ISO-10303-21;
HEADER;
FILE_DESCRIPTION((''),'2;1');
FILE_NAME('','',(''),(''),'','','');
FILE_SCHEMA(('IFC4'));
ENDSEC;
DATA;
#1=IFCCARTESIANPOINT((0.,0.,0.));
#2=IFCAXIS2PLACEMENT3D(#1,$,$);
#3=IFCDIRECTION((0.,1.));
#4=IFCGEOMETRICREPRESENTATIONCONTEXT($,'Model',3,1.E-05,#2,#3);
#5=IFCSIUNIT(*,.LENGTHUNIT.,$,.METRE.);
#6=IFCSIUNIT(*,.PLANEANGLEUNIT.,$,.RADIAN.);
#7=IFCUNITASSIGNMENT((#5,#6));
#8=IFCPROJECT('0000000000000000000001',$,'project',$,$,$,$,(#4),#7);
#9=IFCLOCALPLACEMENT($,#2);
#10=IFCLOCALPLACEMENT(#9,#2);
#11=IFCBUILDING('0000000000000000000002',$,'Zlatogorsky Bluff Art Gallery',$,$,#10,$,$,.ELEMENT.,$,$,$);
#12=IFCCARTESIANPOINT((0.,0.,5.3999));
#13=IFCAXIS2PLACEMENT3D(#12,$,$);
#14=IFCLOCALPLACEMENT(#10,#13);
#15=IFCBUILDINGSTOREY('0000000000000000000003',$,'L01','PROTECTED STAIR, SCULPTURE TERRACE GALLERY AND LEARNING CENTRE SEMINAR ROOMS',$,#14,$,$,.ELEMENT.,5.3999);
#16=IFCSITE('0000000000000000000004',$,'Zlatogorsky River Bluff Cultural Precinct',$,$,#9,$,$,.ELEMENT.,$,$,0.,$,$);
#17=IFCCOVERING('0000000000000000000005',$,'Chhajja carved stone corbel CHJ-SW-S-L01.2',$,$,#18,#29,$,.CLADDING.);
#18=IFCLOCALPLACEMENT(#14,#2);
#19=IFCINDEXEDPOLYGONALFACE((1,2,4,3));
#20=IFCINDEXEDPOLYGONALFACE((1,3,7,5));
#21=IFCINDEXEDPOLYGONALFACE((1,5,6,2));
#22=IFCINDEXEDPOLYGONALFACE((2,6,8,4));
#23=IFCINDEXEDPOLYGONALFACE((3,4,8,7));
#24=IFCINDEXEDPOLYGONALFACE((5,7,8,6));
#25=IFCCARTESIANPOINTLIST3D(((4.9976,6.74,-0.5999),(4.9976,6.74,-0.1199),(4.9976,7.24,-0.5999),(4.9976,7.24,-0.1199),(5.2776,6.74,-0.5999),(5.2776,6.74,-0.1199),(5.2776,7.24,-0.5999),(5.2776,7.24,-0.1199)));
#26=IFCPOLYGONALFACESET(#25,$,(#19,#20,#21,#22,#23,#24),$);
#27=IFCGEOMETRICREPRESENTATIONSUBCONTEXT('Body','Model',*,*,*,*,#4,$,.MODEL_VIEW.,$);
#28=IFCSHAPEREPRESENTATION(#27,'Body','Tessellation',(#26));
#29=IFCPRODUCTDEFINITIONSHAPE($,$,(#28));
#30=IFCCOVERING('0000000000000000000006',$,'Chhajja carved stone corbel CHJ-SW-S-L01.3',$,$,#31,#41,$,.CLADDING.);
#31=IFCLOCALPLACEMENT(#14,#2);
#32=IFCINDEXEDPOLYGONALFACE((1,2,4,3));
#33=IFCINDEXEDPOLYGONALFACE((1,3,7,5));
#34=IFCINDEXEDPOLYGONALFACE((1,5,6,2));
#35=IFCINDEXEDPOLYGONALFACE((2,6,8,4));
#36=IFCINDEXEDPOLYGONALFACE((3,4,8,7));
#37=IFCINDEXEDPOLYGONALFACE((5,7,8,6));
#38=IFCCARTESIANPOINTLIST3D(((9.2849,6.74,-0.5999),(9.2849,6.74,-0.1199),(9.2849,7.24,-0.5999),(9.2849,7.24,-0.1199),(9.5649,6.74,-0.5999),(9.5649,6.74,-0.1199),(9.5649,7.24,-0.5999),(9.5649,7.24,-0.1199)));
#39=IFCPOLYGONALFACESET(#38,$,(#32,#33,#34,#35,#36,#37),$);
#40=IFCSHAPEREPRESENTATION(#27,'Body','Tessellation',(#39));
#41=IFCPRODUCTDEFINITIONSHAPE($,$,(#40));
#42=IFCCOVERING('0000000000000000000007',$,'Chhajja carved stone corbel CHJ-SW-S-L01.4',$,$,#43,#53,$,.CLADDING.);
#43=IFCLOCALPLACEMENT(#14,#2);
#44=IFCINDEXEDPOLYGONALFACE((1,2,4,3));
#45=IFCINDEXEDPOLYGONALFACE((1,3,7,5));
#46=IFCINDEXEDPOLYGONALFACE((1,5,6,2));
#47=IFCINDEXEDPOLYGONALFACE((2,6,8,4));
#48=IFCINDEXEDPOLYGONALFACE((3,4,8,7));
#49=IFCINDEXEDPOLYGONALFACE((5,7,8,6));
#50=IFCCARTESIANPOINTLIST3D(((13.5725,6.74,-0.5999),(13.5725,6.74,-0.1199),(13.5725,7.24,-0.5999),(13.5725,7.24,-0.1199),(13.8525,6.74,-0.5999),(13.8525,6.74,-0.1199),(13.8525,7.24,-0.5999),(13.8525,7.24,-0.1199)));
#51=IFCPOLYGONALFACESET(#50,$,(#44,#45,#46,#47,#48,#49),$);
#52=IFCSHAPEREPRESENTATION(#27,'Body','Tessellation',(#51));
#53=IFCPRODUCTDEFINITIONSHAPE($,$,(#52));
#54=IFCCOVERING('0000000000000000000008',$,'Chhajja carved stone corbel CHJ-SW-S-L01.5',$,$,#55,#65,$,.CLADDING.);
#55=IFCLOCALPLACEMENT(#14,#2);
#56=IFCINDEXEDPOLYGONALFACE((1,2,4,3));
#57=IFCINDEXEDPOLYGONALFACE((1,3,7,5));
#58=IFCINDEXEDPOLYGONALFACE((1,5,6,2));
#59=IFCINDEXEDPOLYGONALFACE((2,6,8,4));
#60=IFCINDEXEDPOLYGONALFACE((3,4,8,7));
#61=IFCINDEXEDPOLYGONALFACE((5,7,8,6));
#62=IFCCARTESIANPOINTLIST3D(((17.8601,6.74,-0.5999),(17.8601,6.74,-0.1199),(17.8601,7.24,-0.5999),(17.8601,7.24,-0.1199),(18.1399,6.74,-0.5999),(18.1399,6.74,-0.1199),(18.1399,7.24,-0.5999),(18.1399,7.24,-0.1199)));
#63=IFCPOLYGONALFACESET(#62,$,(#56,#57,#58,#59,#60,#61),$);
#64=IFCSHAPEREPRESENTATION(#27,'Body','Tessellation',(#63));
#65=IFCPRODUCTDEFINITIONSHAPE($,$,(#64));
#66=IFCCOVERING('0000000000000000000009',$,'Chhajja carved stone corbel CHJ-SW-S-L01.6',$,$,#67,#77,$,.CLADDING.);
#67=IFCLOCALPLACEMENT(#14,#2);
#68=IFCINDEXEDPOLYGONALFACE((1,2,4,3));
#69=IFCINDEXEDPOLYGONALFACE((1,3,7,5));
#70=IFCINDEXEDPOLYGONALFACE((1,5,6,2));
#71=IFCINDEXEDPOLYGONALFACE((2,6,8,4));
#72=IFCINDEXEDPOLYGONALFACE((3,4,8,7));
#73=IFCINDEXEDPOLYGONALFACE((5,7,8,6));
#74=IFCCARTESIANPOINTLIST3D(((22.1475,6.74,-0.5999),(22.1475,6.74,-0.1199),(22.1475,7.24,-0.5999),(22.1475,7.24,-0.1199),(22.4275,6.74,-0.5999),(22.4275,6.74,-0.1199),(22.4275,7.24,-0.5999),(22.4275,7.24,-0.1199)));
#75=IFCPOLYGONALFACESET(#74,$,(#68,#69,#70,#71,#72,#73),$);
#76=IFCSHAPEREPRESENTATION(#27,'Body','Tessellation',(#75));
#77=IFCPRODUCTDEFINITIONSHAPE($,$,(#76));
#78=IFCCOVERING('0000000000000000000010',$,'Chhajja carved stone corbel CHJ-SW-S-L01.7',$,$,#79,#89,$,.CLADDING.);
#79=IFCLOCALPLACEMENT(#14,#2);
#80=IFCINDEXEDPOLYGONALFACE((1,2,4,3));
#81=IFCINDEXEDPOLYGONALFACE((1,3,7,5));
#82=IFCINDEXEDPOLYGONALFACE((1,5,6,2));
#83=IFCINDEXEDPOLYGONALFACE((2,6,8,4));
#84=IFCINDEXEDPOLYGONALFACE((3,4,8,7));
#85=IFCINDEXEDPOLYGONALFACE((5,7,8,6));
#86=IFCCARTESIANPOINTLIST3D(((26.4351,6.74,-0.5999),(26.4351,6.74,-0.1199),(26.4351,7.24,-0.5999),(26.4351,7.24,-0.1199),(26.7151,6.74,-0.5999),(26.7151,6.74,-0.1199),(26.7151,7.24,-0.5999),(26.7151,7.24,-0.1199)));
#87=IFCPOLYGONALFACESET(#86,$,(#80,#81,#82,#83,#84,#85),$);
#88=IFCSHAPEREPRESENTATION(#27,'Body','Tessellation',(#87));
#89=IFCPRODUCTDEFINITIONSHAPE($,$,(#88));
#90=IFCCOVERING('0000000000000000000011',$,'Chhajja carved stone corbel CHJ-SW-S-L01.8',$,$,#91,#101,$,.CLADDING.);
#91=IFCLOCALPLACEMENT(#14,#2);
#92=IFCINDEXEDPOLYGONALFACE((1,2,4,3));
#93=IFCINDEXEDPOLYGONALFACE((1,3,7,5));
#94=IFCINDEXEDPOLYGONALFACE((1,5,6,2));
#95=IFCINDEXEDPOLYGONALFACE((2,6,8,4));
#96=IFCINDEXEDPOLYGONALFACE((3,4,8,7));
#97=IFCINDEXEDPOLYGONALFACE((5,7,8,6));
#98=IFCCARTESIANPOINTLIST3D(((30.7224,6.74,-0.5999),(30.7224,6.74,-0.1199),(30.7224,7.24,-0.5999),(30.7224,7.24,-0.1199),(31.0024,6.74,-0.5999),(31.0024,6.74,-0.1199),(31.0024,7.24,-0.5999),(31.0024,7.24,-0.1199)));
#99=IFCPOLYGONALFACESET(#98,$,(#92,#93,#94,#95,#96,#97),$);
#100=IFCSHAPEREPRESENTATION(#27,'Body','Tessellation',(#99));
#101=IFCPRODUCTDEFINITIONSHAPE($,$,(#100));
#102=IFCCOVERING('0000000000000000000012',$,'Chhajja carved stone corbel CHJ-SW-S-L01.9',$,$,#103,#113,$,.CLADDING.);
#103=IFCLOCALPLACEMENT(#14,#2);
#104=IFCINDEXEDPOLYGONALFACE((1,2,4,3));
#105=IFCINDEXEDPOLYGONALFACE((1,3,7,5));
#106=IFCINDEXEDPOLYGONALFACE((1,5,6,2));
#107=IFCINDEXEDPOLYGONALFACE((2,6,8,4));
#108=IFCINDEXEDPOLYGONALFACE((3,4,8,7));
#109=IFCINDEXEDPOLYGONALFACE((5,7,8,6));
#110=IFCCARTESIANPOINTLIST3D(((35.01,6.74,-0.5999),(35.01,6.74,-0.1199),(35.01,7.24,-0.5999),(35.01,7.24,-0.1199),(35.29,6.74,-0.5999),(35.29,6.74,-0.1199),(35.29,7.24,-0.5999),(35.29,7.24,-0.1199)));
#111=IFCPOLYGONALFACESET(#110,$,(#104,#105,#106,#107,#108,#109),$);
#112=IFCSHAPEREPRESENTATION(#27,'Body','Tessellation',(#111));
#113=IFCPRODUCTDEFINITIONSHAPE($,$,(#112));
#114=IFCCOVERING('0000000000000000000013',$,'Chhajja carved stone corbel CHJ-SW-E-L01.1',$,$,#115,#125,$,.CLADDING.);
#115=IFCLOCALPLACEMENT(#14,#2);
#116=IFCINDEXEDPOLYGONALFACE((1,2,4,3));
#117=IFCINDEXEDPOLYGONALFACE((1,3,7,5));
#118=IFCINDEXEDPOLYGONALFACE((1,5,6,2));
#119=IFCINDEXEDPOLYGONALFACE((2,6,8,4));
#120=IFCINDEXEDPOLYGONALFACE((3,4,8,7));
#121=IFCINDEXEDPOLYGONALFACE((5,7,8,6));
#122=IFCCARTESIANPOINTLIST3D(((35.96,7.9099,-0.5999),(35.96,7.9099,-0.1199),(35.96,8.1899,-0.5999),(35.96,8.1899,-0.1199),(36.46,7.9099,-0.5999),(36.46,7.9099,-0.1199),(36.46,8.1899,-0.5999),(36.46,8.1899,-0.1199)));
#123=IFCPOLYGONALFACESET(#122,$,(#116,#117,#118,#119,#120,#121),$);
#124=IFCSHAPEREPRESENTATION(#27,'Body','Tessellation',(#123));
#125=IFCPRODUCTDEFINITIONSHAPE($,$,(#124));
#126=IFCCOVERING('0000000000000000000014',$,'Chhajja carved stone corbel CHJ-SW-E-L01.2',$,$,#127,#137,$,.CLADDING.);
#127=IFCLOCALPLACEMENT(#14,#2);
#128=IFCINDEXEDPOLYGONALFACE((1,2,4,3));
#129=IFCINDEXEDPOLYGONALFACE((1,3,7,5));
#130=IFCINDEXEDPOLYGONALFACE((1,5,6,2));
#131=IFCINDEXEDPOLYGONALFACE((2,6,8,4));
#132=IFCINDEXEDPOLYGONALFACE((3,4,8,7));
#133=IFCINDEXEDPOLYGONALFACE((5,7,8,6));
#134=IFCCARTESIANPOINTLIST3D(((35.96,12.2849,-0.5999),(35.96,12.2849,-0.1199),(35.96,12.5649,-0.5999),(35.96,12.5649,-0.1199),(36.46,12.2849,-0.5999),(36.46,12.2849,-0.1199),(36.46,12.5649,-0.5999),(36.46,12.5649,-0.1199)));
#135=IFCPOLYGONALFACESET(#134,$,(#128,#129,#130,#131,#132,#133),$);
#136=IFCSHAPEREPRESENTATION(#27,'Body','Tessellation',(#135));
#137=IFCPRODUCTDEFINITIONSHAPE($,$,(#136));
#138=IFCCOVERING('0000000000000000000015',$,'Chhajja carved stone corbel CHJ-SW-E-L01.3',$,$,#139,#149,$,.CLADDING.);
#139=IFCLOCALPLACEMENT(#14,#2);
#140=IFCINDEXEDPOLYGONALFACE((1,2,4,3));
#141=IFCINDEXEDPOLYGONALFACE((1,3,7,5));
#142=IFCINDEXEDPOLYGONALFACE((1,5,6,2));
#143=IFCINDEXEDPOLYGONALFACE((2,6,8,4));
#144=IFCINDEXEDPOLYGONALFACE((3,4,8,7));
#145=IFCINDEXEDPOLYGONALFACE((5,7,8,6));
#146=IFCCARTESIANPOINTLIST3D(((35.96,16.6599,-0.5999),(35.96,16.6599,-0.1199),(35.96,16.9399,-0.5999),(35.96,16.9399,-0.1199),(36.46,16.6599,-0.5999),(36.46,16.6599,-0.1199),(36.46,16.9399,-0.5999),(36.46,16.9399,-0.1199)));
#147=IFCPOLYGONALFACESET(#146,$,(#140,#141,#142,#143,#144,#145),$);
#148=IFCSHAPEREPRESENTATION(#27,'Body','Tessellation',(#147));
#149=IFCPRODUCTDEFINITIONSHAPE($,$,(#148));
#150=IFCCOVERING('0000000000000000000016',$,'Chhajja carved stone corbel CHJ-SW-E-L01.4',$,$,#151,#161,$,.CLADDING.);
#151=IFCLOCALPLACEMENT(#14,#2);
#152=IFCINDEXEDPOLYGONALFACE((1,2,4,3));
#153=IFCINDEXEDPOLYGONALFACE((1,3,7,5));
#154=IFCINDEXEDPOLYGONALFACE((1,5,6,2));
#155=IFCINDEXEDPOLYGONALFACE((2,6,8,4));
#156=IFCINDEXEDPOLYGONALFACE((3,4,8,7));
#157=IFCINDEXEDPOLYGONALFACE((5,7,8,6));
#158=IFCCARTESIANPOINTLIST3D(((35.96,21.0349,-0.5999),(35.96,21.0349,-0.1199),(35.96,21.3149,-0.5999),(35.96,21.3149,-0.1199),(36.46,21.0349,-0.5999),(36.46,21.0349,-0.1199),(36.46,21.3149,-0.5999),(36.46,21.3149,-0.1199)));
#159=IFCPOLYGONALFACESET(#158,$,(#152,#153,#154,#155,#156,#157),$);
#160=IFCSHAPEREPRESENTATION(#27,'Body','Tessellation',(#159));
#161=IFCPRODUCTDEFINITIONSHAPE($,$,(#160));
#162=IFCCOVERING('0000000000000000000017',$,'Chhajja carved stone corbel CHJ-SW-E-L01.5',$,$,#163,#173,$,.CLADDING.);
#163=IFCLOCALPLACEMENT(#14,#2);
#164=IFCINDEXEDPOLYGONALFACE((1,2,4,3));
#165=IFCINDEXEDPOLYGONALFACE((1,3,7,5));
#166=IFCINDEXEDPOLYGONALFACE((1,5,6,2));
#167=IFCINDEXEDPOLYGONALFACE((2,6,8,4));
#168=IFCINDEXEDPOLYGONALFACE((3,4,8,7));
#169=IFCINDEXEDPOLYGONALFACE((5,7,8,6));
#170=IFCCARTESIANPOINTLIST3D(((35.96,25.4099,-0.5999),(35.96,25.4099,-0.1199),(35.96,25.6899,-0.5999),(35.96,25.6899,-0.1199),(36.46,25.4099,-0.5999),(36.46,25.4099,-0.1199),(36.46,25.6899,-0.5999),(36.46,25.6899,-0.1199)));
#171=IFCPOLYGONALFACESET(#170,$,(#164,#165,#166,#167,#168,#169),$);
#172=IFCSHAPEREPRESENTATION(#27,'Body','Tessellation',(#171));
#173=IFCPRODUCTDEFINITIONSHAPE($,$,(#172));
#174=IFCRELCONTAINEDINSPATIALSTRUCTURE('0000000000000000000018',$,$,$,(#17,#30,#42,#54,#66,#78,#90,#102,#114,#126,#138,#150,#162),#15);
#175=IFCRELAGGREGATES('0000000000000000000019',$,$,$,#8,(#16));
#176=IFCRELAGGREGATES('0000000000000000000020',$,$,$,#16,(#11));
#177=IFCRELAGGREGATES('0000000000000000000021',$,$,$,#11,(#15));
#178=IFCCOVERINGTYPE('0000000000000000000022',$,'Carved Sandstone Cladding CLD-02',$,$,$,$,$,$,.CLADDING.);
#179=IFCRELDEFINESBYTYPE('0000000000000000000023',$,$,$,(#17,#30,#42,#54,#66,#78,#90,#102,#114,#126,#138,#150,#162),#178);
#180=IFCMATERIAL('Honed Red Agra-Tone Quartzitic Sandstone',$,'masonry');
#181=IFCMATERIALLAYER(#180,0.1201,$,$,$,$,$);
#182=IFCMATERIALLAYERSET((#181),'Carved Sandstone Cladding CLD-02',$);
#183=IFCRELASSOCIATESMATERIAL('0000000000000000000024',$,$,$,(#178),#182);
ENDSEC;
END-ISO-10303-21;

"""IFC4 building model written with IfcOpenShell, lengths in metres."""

from ifc_helpers import new_model, si_unit, direction, frame, origin, place, context, subcontext, project, spatial, polyline, outline, extrude, material, layer, layer_set, type_object, element, save


model = new_model("IFC4")

# Units and contexts
model_context = context("Model", 3, precision=1e-05, world=origin(), true_north=direction((0.0, 1.0)))
body_context = subcontext(model_context, "Body", "Model", "MODEL_VIEW")
ifc_project = project(units=[si_unit("LENGTHUNIT", "METRE"), si_unit("PLANEANGLEUNIT", "RADIAN")], contexts=[model_context])

# Site, building, storey
site_placement = place(None, origin())
site = spatial("IfcSite", under=ifc_project, at=site_placement, Name="Zlatogorsky River Bluff Cultural Precinct", CompositionType="ELEMENT", RefElevation=0.0)
building_placement = place(site_placement, origin())
building = spatial("IfcBuilding", under=site, at=building_placement, Name="Zlatogorsky Bluff Art Gallery", CompositionType="ELEMENT")
storey_placement = place(building_placement, frame((0.0, 0.0, 5.3999)))
storey = spatial("IfcBuildingStorey", under=building, at=storey_placement, Name="L01", Description="PROTECTED STAIR, SCULPTURE TERRACE GALLERY AND LEARNING CENTRE SEMINAR ROOMS", CompositionType="ELEMENT", Elevation=5.3999)

# Coverings
ifc_material_1 = material(Name="Honed Red Agra-Tone Quartzitic Sandstone", Category="masonry")
ifc_layer_1 = layer(ifc_material_1, 0.1201)
ifc_layer_set_1 = layer_set([ifc_layer_1], Name="Carved Sandstone Cladding CLD-02")
covering_type = type_object("IfcCoveringType", Name="Carved Sandstone Cladding CLD-02", PredefinedType="CLADDING", material=ifc_layer_set_1)
covering_1_placement = place(storey_placement, frame((0.0, 0.0, -0.5999)))
element("IfcCovering", 1, at=covering_1_placement, inside=storey, type_object=covering_type, Name="Chhajja carved stone corbel CHJ-SW-S-L01.2", PredefinedType="CLADDING", context=body_context, shape_type="SweptSolid", body=[
    extrude(outline(polyline([(4.9976, 6.74), (5.2776, 6.74), (5.2776, 7.24), (4.9976, 7.24), (4.9976, 6.74)])), origin(), (0.0, 0.0, 1.0), 0.48),
])
covering_2_placement = place(storey_placement, frame((0.0, 0.0, -0.5999)))
element("IfcCovering", 2, at=covering_2_placement, inside=storey, type_object=covering_type, Name="Chhajja carved stone corbel CHJ-SW-S-L01.3", PredefinedType="CLADDING", context=body_context, shape_type="SweptSolid", body=[
    extrude(outline(polyline([(9.2849, 6.74), (9.5649, 6.74), (9.5649, 7.24), (9.2849, 7.24), (9.2849, 6.74)])), origin(), (0.0, 0.0, 1.0), 0.48),
])
covering_3_placement = place(storey_placement, frame((0.0, 0.0, -0.5999)))
element("IfcCovering", 3, at=covering_3_placement, inside=storey, type_object=covering_type, Name="Chhajja carved stone corbel CHJ-SW-S-L01.4", PredefinedType="CLADDING", context=body_context, shape_type="SweptSolid", body=[
    extrude(outline(polyline([(13.5725, 6.74), (13.8525, 6.74), (13.8525, 7.24), (13.5725, 7.24), (13.5725, 6.74)])), origin(), (0.0, 0.0, 1.0), 0.48),
])
covering_4_placement = place(storey_placement, frame((0.0, 0.0, -0.5999)))
element("IfcCovering", 4, at=covering_4_placement, inside=storey, type_object=covering_type, Name="Chhajja carved stone corbel CHJ-SW-S-L01.5", PredefinedType="CLADDING", context=body_context, shape_type="SweptSolid", body=[
    extrude(outline(polyline([(17.8601, 6.74), (18.1399, 6.74), (18.1399, 7.24), (17.8601, 7.24), (17.8601, 6.74)])), origin(), (0.0, 0.0, 1.0), 0.48),
])
covering_5_placement = place(storey_placement, frame((0.0, 0.0, -0.5999)))
element("IfcCovering", 5, at=covering_5_placement, inside=storey, type_object=covering_type, Name="Chhajja carved stone corbel CHJ-SW-S-L01.6", PredefinedType="CLADDING", context=body_context, shape_type="SweptSolid", body=[
    extrude(outline(polyline([(22.1475, 6.74), (22.4275, 6.74), (22.4275, 7.24), (22.1475, 7.24), (22.1475, 6.74)])), origin(), (0.0, 0.0, 1.0), 0.48),
])
covering_6_placement = place(storey_placement, frame((0.0, 0.0, -0.5999)))
element("IfcCovering", 6, at=covering_6_placement, inside=storey, type_object=covering_type, Name="Chhajja carved stone corbel CHJ-SW-S-L01.7", PredefinedType="CLADDING", context=body_context, shape_type="SweptSolid", body=[
    extrude(outline(polyline([(26.4351, 6.74), (26.7151, 6.74), (26.7151, 7.24), (26.4351, 7.24), (26.4351, 6.74)])), origin(), (0.0, 0.0, 1.0), 0.48),
])
covering_7_placement = place(storey_placement, frame((0.0, 0.0, -0.5999)))
element("IfcCovering", 7, at=covering_7_placement, inside=storey, type_object=covering_type, Name="Chhajja carved stone corbel CHJ-SW-S-L01.8", PredefinedType="CLADDING", context=body_context, shape_type="SweptSolid", body=[
    extrude(outline(polyline([(30.7224, 6.74), (31.0024, 6.74), (31.0024, 7.24), (30.7224, 7.24), (30.7224, 6.74)])), origin(), (0.0, 0.0, 1.0), 0.48),
])
covering_8_placement = place(storey_placement, frame((0.0, 0.0, -0.5999)))
element("IfcCovering", 8, at=covering_8_placement, inside=storey, type_object=covering_type, Name="Chhajja carved stone corbel CHJ-SW-S-L01.9", PredefinedType="CLADDING", context=body_context, shape_type="SweptSolid", body=[
    extrude(outline(polyline([(35.01, 6.74), (35.29, 6.74), (35.29, 7.24), (35.01, 7.24), (35.01, 6.74)])), origin(), (0.0, 0.0, 1.0), 0.48),
])
covering_9_placement = place(storey_placement, frame((0.0, 0.0, -0.5999)))
element("IfcCovering", 9, at=covering_9_placement, inside=storey, type_object=covering_type, Name="Chhajja carved stone corbel CHJ-SW-E-L01.1", PredefinedType="CLADDING", context=body_context, shape_type="SweptSolid", body=[
    extrude(outline(polyline([(35.96, 7.9099), (35.96, 8.1899), (36.46, 8.1899), (36.46, 7.9099), (35.96, 7.9099)])), origin(), (0.0, 0.0, 1.0), 0.48),
])
covering_10_placement = place(storey_placement, frame((0.0, 0.0, -0.5999)))
element("IfcCovering", 10, at=covering_10_placement, inside=storey, type_object=covering_type, Name="Chhajja carved stone corbel CHJ-SW-E-L01.2", PredefinedType="CLADDING", context=body_context, shape_type="SweptSolid", body=[
    extrude(outline(polyline([(35.96, 12.2849), (35.96, 12.5649), (36.46, 12.5649), (36.46, 12.2849), (35.96, 12.2849)])), origin(), (0.0, 0.0, 1.0), 0.48),
])
covering_11_placement = place(storey_placement, frame((0.0, 0.0, -0.5999)))
element("IfcCovering", 11, at=covering_11_placement, inside=storey, type_object=covering_type, Name="Chhajja carved stone corbel CHJ-SW-E-L01.3", PredefinedType="CLADDING", context=body_context, shape_type="SweptSolid", body=[
    extrude(outline(polyline([(35.96, 16.6599), (35.96, 16.9399), (36.46, 16.9399), (36.46, 16.6599), (35.96, 16.6599)])), origin(), (0.0, 0.0, 1.0), 0.48),
])
covering_12_placement = place(storey_placement, frame((0.0, 0.0, -0.5999)))
element("IfcCovering", 12, at=covering_12_placement, inside=storey, type_object=covering_type, Name="Chhajja carved stone corbel CHJ-SW-E-L01.4", PredefinedType="CLADDING", context=body_context, shape_type="SweptSolid", body=[
    extrude(outline(polyline([(35.96, 21.0349), (35.96, 21.3149), (36.46, 21.3149), (36.46, 21.0349), (35.96, 21.0349)])), origin(), (0.0, 0.0, 1.0), 0.48),
])
covering_13_placement = place(storey_placement, frame((0.0, 0.0, -0.5999)))
element("IfcCovering", 13, at=covering_13_placement, inside=storey, type_object=covering_type, Name="Chhajja carved stone corbel CHJ-SW-E-L01.5", PredefinedType="CLADDING", context=body_context, shape_type="SweptSolid", body=[
    extrude(outline(polyline([(35.96, 25.4099), (35.96, 25.6899), (36.46, 25.6899), (36.46, 25.4099), (35.96, 25.4099)])), origin(), (0.0, 0.0, 1.0), 0.48),
])

save(model, "model.ifc")
